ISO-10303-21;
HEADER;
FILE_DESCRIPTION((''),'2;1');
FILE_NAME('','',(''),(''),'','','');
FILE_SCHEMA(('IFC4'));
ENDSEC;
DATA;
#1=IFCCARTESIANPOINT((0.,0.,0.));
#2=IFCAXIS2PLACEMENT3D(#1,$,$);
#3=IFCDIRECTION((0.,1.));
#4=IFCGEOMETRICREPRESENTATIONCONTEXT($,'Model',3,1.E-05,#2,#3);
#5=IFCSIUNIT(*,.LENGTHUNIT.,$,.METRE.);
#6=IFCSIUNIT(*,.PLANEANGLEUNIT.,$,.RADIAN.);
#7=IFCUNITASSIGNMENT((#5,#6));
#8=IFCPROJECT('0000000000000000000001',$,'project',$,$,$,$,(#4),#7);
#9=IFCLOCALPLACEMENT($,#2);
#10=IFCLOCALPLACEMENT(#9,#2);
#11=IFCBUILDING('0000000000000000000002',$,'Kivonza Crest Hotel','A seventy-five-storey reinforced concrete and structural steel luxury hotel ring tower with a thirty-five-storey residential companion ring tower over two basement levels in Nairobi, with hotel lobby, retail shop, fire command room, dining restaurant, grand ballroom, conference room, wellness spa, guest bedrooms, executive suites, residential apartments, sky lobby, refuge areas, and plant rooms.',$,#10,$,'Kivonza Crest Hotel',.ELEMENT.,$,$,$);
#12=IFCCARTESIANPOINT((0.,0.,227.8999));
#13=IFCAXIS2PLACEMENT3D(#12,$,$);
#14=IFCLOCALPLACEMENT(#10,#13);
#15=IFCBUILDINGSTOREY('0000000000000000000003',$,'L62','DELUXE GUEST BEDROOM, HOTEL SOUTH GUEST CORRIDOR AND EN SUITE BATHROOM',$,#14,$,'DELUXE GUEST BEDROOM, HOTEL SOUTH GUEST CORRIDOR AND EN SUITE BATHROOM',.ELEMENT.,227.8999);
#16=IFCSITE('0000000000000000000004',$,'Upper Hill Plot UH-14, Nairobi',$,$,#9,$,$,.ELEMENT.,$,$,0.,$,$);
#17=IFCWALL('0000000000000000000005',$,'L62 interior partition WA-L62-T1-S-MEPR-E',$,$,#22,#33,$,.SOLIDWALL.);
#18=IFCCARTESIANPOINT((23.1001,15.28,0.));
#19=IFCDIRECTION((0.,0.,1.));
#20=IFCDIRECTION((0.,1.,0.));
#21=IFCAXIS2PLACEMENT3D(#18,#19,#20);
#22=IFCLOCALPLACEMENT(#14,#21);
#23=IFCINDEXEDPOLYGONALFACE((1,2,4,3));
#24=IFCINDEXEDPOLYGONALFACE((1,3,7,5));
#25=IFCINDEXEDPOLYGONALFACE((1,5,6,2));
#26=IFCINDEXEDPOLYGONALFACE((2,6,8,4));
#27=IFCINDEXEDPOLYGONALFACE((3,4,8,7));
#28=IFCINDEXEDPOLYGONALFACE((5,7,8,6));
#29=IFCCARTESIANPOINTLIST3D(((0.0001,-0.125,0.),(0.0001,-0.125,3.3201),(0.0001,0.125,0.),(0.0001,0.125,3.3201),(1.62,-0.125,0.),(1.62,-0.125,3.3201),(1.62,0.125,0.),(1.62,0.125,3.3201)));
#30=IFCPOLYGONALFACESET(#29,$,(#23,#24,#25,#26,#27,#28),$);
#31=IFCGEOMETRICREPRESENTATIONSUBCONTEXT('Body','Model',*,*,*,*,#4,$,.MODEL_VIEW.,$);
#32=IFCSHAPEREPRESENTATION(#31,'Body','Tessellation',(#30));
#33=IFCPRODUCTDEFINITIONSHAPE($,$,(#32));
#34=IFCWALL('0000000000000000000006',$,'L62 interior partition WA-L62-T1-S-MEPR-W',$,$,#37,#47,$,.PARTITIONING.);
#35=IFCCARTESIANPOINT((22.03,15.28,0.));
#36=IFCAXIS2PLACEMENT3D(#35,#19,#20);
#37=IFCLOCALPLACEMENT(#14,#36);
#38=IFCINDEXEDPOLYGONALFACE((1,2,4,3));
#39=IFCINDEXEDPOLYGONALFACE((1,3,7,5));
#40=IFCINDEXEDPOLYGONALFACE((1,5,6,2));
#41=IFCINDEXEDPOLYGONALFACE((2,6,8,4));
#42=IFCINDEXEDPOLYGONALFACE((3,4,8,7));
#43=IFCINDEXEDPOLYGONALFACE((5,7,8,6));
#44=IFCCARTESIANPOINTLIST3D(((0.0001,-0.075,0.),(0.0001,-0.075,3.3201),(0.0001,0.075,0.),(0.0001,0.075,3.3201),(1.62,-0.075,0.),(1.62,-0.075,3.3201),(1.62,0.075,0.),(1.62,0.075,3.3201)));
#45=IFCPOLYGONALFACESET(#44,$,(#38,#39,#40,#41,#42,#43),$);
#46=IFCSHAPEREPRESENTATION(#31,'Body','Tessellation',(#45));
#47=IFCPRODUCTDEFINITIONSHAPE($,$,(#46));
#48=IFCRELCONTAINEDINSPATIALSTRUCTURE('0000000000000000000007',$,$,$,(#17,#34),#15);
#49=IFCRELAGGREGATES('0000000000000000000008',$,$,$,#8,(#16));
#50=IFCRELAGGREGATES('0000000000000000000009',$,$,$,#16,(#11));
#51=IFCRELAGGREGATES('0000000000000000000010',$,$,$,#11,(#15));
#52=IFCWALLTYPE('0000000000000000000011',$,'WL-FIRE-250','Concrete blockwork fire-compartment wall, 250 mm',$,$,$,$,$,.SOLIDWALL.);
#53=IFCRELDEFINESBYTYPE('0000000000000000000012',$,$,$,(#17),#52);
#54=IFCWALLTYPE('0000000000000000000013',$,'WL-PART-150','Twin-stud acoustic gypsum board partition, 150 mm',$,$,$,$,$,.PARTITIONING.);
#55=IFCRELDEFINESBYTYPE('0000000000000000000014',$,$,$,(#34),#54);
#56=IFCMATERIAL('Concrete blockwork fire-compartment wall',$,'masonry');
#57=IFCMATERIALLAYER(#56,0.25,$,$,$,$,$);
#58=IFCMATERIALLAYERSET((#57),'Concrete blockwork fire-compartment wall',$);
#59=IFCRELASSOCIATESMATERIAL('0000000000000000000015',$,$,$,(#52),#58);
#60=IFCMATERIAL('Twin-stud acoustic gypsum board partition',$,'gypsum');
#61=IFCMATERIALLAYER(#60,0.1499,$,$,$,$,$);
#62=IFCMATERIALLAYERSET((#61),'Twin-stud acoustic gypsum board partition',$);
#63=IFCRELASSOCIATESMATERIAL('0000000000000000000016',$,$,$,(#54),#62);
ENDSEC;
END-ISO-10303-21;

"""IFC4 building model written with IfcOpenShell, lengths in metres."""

from ifc_helpers import new_model, si_unit, direction, frame, frame_2d, origin, place, context, subcontext, project, spatial, rectangle, extrude, material, layer, layer_set, type_object, element, save


model = new_model("IFC4")

# Units and contexts
model_context = context("Model", 3, precision=1e-05, world=origin(), true_north=direction((0.0, 1.0)))
body_context = subcontext(model_context, "Body", "Model", "MODEL_VIEW")
ifc_project = project(units=[si_unit("LENGTHUNIT", "METRE"), si_unit("PLANEANGLEUNIT", "RADIAN")], contexts=[model_context])

# Site, building, storey
site_placement = place(None, origin())
site = spatial("IfcSite", under=ifc_project, at=site_placement, Name="Upper Hill Plot UH-14, Nairobi", CompositionType="ELEMENT", RefElevation=0.0)
building_placement = place(site_placement, origin())
building = spatial("IfcBuilding", under=site, at=building_placement, Name="Kivonza Crest Hotel", Description="A seventy-five-storey reinforced concrete and structural steel luxury hotel ring tower with a thirty-five-storey residential companion ring tower over two basement levels in Nairobi, with hotel lobby, retail shop, fire command room, dining restaurant, grand ballroom, conference room, wellness spa, guest bedrooms, executive suites, residential apartments, sky lobby, refuge areas, and plant rooms.", LongName="Kivonza Crest Hotel", CompositionType="ELEMENT")
storey_placement = place(building_placement, frame((0.0, 0.0, 227.8999)))
storey = spatial("IfcBuildingStorey", under=building, at=storey_placement, Name="L62", Description="DELUXE GUEST BEDROOM, HOTEL SOUTH GUEST CORRIDOR AND EN SUITE BATHROOM", LongName="DELUXE GUEST BEDROOM, HOTEL SOUTH GUEST CORRIDOR AND EN SUITE BATHROOM", CompositionType="ELEMENT", Elevation=227.8999)

# Walls
ifc_material_1 = material(Name="Concrete blockwork fire-compartment wall", Category="masonry")
ifc_layer_1 = layer(ifc_material_1, 0.25)
ifc_layer_set_1 = layer_set([ifc_layer_1], Name="Concrete blockwork fire-compartment wall")
wall_type_1 = type_object("IfcWallType", Name="WL-FIRE-250", Description="Concrete blockwork fire-compartment wall, 250 mm", PredefinedType="SOLIDWALL", material=ifc_layer_set_1)
wall_1_placement = place(storey_placement, frame((23.1001, 15.28, 0.0), z_axis=(0.0, 0.0, 1.0), x_axis=(0.0, 1.0, 0.0)))
element("IfcWall", 1, at=wall_1_placement, inside=storey, type_object=wall_type_1, Name="L62 interior partition WA-L62-T1-S-MEPR-E", PredefinedType="SOLIDWALL", context=body_context, shape_type="SweptSolid", body=[
    extrude(rectangle(XDim=1.6199, YDim=0.25, at=frame_2d((0.8101, 0.0))), origin(), (0.0, 0.0, 1.0), 3.3201),
])
ifc_material_2 = material(Name="Twin-stud acoustic gypsum board partition", Category="gypsum")
ifc_layer_2 = layer(ifc_material_2, 0.1499)
ifc_layer_set_2 = layer_set([ifc_layer_2], Name="Twin-stud acoustic gypsum board partition")
wall_type_2 = type_object("IfcWallType", Name="WL-PART-150", Description="Twin-stud acoustic gypsum board partition, 150 mm", PredefinedType="PARTITIONING", material=ifc_layer_set_2)
wall_2_placement = place(storey_placement, frame((22.03, 15.28, 0.0), z_axis=(0.0, 0.0, 1.0), x_axis=(0.0, 1.0, 0.0)))
element("IfcWall", 2, at=wall_2_placement, inside=storey, type_object=wall_type_2, Name="L62 interior partition WA-L62-T1-S-MEPR-W", PredefinedType="PARTITIONING", context=body_context, shape_type="SweptSolid", body=[
    extrude(rectangle(XDim=1.6199, YDim=0.1499, at=frame_2d((0.8101, 0.0))), origin(), (0.0, 0.0, 1.0), 3.3201),
])

save(model, "model.ifc")
